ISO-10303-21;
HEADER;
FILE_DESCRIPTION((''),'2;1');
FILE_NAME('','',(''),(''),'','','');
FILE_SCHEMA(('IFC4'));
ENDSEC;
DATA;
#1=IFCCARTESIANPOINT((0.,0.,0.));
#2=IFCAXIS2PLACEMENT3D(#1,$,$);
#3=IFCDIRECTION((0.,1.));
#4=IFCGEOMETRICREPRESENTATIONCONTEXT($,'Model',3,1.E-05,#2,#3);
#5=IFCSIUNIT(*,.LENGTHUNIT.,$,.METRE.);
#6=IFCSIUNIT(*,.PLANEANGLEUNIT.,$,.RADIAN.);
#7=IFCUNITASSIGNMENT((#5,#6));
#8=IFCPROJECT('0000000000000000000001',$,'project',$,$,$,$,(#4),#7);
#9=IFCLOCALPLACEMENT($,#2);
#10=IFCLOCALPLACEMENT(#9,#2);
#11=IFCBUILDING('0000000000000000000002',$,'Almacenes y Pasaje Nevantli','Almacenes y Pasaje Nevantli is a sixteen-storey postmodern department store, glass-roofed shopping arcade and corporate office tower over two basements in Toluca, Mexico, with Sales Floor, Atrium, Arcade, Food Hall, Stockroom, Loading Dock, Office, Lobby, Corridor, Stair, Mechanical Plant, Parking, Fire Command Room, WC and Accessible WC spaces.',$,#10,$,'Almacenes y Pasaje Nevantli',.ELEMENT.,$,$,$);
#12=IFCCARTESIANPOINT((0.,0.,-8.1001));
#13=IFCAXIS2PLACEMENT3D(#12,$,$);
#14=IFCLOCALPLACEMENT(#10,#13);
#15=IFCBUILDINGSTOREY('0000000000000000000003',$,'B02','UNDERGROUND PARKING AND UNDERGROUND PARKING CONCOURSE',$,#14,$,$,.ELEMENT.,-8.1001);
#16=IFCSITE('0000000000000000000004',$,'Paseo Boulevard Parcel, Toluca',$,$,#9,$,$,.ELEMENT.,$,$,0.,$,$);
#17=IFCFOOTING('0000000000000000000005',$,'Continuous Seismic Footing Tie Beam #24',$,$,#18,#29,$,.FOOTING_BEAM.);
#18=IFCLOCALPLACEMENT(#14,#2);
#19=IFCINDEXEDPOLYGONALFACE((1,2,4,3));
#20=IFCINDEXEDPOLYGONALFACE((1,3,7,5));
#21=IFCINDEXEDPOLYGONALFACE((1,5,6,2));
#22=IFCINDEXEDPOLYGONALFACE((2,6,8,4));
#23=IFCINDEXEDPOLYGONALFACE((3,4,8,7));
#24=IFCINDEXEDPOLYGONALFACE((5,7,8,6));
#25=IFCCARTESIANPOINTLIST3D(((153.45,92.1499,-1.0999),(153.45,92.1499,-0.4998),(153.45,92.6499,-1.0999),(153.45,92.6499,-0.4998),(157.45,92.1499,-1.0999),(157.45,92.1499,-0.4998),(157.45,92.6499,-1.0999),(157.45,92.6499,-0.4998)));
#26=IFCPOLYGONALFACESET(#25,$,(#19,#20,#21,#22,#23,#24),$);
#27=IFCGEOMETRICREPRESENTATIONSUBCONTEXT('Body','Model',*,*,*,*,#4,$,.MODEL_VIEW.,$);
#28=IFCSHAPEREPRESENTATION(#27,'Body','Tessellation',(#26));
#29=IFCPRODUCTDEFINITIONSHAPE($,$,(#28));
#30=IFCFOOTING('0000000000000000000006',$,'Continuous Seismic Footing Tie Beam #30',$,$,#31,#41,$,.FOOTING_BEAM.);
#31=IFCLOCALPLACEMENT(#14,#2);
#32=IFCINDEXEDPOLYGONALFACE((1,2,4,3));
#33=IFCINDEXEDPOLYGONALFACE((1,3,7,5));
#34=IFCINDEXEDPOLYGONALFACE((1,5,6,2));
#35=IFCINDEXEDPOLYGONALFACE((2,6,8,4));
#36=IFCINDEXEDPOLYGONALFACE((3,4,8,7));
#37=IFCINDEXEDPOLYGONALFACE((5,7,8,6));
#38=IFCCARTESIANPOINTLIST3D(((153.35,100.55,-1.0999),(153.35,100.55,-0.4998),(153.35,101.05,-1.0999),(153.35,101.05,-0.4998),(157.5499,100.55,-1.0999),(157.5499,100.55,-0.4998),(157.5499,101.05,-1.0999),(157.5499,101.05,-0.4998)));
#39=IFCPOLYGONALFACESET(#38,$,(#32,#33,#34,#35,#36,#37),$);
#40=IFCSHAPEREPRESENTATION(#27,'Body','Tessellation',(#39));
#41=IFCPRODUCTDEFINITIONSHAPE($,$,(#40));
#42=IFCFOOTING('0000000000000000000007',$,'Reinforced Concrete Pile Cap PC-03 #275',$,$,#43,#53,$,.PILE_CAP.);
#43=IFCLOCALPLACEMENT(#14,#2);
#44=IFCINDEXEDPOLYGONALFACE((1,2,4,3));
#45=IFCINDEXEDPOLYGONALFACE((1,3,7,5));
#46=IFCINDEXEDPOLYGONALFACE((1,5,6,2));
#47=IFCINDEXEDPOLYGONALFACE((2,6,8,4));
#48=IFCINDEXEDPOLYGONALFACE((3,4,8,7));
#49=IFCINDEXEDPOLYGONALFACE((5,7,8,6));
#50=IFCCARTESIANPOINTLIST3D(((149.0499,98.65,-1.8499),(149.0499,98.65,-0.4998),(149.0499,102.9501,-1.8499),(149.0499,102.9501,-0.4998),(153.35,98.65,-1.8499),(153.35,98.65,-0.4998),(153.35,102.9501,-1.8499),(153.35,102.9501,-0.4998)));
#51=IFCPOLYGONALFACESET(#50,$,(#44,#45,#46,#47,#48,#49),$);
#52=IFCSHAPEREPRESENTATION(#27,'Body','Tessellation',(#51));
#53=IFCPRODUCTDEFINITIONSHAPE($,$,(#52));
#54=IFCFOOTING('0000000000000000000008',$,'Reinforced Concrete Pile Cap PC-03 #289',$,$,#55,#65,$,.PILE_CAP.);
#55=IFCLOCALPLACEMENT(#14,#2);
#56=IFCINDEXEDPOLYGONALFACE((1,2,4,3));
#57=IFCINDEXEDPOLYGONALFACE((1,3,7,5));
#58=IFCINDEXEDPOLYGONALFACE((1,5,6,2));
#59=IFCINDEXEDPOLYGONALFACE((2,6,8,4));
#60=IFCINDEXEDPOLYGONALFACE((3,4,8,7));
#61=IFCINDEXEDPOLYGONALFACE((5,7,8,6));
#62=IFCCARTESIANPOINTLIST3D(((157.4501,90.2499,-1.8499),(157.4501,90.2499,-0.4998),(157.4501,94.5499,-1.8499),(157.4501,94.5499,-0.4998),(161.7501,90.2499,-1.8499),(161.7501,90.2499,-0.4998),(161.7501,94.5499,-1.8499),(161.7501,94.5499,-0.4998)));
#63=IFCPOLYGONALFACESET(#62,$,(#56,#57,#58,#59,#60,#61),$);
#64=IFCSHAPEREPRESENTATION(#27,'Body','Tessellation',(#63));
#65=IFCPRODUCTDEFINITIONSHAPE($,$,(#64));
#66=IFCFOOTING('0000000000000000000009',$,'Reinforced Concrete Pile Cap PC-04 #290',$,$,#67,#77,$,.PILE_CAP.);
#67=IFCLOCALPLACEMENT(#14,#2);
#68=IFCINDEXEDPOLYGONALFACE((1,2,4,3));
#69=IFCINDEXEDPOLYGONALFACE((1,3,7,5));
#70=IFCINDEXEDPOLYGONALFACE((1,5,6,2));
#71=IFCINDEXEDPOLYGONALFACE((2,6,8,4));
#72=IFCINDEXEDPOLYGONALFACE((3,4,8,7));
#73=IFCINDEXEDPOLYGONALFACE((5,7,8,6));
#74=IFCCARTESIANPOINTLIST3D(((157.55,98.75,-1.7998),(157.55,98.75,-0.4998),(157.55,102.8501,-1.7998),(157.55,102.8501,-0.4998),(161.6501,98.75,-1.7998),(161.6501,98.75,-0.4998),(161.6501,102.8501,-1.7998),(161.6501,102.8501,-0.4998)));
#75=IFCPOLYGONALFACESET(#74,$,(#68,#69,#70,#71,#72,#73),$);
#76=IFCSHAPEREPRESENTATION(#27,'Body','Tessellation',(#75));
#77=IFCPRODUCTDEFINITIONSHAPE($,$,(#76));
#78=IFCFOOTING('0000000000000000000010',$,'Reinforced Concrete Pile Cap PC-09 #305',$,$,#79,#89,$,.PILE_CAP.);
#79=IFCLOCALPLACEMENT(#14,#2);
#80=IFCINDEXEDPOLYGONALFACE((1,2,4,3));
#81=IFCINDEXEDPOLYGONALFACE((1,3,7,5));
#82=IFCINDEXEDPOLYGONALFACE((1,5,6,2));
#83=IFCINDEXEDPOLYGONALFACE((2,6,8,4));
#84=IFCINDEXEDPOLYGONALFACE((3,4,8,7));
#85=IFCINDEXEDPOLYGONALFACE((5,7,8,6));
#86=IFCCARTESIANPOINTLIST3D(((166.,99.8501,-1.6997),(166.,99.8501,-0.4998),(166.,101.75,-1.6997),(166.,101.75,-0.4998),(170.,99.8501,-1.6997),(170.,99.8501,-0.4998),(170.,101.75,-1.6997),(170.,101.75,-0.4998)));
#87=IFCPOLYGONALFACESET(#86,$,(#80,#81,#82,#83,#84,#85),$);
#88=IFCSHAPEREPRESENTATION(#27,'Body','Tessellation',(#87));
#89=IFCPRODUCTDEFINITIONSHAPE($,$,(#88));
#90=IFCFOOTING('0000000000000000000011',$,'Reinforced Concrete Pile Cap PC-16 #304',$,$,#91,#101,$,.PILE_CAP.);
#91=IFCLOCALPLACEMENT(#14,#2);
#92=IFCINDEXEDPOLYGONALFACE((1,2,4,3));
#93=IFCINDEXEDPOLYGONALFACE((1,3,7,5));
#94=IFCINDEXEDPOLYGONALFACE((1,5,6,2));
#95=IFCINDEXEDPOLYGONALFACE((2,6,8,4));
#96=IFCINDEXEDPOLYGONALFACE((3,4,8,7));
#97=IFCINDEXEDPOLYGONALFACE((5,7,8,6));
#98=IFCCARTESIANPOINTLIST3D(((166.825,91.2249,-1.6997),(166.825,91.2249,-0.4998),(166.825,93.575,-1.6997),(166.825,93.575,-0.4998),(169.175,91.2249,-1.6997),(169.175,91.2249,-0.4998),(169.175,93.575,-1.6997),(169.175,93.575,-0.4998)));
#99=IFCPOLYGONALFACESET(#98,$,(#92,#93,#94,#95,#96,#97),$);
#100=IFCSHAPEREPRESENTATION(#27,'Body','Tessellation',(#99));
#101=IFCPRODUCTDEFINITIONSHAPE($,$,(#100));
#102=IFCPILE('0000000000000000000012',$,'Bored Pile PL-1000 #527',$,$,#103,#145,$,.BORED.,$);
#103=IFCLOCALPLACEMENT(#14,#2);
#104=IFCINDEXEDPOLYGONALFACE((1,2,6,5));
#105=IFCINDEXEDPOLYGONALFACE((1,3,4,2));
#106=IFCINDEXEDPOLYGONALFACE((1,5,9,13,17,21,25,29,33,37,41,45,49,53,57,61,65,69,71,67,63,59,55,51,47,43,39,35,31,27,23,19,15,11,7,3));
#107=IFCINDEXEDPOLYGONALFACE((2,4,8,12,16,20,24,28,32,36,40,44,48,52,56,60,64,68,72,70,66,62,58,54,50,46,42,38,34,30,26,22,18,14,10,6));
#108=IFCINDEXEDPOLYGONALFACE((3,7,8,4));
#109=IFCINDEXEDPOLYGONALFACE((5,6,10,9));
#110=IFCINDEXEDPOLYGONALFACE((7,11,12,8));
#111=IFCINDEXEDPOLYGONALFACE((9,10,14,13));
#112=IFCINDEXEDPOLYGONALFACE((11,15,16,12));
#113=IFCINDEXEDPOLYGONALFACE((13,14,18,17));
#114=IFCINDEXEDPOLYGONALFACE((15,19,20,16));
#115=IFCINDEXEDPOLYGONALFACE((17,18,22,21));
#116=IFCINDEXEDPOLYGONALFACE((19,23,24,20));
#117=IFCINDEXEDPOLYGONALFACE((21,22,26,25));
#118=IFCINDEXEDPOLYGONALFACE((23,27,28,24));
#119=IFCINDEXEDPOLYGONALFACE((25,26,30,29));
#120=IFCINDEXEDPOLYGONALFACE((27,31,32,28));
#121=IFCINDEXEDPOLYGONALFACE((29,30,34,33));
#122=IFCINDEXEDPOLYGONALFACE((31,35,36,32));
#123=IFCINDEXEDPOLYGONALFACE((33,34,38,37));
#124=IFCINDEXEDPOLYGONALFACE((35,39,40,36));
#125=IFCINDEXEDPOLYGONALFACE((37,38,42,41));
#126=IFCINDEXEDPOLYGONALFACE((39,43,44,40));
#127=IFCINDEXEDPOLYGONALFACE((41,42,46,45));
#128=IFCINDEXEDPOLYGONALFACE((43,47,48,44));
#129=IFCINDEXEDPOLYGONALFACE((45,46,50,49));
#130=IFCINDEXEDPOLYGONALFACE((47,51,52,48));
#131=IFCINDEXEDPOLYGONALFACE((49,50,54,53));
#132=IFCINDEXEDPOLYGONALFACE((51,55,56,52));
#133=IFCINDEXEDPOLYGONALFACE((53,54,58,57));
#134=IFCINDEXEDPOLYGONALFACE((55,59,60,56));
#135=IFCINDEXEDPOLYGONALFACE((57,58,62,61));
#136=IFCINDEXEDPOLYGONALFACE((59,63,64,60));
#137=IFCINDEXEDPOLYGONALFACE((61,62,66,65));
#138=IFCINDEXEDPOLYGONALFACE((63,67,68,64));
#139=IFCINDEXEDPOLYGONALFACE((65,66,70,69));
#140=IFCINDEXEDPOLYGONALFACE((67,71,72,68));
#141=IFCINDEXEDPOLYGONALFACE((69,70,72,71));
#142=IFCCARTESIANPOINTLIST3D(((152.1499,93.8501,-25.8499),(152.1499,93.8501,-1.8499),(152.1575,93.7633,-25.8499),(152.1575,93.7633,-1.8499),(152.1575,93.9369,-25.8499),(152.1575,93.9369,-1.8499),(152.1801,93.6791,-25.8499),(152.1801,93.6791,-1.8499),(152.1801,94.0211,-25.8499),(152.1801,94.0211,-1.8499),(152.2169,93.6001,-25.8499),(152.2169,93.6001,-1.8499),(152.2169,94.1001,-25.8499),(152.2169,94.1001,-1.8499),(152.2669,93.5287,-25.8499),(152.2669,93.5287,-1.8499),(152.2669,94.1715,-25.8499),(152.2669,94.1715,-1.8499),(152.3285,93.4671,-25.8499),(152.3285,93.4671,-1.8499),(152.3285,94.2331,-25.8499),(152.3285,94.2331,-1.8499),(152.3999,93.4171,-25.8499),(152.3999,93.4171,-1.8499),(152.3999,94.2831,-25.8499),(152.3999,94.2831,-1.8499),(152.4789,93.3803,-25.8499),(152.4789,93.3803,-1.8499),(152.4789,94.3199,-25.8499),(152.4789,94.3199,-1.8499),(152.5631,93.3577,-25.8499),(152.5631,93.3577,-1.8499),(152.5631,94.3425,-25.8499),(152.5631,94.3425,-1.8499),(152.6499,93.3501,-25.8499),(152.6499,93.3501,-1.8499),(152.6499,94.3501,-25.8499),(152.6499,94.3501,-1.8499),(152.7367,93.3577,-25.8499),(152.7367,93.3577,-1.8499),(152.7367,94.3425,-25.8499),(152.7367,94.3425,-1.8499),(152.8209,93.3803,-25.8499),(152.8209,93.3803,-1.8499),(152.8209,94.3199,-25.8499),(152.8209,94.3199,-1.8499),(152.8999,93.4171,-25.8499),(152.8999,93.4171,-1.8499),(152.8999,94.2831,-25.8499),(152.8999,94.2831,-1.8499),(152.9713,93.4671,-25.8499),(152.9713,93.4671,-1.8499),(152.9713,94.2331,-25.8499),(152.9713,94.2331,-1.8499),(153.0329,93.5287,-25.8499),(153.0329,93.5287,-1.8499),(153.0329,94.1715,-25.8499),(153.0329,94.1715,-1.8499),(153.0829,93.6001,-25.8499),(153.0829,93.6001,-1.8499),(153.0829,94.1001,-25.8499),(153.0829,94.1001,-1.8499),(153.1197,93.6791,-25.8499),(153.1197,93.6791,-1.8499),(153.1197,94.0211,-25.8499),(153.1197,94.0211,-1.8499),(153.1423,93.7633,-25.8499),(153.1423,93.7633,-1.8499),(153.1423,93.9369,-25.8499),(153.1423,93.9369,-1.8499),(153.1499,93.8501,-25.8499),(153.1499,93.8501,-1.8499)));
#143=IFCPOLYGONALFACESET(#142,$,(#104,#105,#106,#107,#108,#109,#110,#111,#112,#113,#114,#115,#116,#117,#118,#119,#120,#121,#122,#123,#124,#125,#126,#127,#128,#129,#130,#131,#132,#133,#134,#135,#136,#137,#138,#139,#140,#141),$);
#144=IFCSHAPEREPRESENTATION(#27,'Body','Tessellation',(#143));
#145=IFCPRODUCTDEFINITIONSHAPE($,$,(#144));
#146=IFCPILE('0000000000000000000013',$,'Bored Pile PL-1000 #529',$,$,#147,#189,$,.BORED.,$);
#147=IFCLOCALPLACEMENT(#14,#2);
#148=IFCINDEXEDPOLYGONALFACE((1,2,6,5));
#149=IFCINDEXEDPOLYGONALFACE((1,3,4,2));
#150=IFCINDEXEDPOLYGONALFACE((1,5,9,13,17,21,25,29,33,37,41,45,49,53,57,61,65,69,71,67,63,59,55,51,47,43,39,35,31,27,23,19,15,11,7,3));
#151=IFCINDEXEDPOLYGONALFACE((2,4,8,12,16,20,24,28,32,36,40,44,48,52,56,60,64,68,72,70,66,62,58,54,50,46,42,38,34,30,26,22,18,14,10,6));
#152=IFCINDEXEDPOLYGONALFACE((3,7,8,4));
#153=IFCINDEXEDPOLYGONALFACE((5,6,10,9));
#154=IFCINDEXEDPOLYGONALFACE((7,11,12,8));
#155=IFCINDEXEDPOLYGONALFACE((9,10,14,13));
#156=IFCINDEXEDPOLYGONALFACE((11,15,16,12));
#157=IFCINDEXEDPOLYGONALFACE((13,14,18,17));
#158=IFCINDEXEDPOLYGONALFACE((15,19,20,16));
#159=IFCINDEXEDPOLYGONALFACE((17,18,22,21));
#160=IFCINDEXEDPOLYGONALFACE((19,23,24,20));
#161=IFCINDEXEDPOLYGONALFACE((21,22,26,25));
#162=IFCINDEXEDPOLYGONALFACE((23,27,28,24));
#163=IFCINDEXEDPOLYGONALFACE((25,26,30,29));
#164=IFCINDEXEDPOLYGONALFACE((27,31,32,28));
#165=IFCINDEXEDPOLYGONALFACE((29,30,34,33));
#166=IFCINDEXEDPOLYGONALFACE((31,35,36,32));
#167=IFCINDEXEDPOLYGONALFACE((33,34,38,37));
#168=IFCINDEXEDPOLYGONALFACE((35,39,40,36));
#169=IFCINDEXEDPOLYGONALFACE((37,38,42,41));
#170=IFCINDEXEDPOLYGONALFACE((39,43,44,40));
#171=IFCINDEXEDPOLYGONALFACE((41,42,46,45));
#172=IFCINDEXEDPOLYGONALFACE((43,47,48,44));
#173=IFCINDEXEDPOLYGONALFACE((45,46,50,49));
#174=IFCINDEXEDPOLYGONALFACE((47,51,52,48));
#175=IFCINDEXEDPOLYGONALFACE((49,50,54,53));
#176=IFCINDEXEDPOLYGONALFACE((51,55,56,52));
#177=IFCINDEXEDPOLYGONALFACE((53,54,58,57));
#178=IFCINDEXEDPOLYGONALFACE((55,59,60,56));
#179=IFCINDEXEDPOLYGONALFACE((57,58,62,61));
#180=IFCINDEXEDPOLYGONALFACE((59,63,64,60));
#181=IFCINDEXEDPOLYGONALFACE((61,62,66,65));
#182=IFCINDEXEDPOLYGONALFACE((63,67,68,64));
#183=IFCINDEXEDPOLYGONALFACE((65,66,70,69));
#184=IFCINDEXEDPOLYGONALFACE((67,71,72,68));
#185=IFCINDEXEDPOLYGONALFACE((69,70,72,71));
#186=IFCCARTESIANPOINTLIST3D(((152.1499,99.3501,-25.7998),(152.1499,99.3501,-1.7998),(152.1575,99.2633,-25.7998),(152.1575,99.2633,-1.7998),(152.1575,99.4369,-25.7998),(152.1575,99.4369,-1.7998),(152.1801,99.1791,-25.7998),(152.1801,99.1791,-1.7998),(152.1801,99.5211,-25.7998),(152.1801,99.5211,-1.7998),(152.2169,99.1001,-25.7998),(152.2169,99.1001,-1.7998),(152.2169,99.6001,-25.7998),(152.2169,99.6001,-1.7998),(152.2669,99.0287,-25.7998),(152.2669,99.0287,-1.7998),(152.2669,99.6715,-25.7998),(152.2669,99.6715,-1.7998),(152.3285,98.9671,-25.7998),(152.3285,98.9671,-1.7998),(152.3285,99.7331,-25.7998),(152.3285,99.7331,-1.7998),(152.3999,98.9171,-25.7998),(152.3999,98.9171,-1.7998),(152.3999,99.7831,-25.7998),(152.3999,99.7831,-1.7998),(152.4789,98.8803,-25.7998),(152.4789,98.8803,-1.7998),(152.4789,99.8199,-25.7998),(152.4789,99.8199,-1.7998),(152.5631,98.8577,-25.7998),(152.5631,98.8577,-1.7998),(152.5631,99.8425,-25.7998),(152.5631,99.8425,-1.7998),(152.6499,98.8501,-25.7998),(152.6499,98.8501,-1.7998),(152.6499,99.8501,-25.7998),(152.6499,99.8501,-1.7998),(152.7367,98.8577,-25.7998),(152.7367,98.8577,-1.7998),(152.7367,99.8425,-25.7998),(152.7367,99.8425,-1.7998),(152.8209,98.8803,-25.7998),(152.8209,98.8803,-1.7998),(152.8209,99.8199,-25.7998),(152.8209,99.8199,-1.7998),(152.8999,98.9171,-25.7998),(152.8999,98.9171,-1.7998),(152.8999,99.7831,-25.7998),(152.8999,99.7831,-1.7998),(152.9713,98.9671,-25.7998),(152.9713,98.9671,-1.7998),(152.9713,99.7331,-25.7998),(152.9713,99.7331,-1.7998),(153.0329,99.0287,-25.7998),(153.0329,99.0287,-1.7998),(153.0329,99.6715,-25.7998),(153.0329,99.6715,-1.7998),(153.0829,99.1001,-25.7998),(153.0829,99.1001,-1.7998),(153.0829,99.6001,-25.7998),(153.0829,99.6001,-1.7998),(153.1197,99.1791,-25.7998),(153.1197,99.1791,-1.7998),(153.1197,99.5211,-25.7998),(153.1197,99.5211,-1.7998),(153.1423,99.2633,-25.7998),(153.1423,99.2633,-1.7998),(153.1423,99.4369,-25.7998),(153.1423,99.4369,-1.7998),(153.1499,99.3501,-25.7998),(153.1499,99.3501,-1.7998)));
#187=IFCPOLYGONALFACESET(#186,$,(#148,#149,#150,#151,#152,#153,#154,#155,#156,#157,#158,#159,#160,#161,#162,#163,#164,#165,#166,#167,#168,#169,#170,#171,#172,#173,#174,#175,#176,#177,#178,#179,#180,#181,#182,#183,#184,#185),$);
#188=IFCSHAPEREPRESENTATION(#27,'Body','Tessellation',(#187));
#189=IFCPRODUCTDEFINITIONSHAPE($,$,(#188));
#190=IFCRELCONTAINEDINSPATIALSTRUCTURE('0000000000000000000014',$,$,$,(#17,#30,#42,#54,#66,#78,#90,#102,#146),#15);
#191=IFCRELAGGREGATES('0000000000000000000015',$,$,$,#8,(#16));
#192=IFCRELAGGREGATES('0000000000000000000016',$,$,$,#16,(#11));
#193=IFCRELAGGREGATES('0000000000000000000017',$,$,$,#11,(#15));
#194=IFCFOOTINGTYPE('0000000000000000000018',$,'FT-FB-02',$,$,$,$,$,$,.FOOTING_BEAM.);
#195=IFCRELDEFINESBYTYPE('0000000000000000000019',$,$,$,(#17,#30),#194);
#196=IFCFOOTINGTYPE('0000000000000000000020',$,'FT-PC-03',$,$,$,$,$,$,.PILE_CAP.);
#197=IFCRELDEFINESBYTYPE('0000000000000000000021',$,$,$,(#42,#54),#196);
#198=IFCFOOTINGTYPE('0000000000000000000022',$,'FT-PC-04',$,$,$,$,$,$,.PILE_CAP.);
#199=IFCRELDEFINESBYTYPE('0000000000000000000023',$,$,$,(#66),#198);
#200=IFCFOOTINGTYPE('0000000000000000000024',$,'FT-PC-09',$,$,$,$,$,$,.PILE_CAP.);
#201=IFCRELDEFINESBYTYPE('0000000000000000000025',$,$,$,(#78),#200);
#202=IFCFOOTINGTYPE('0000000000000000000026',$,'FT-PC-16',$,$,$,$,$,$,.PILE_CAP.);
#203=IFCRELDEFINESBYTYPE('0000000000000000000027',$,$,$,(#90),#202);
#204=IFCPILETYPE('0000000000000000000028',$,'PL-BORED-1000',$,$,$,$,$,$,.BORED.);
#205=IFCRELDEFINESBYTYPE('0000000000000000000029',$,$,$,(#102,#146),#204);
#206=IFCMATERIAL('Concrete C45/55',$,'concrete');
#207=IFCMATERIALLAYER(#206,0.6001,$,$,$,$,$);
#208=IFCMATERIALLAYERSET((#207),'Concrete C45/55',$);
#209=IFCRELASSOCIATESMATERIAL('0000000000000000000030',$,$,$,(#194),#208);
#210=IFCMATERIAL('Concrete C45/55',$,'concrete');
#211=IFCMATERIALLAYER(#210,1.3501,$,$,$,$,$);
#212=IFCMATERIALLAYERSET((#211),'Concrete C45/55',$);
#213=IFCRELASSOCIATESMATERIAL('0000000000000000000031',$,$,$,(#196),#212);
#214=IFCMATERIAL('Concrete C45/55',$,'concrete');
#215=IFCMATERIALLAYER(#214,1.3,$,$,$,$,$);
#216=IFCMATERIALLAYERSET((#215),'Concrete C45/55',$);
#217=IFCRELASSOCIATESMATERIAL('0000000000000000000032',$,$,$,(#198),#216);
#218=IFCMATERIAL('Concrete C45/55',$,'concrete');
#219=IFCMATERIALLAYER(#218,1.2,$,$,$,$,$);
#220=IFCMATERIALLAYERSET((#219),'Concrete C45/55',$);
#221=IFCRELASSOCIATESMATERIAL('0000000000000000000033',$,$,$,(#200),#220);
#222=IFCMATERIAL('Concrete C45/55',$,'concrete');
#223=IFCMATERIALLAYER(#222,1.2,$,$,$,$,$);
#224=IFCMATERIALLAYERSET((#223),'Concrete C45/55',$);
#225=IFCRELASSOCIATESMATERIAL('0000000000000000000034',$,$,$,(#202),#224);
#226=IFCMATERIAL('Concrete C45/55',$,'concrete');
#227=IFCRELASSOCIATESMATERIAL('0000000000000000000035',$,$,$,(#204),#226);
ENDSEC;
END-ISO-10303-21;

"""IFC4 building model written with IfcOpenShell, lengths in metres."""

from ifc_helpers import new_model, si_unit, direction, frame, origin, origin_2d, place, context, subcontext, project, spatial, rectangle, circle, extrude, material, layer, layer_set, material_profile, profile_set, type_object, element, save


model = new_model("IFC4")

# Units and contexts
model_context = context("Model", 3, precision=1e-05, world=origin(), true_north=direction((0.0, 1.0)))
body_context = subcontext(model_context, "Body", "Model", "MODEL_VIEW")
ifc_project = project(units=[si_unit("LENGTHUNIT", "METRE"), si_unit("PLANEANGLEUNIT", "RADIAN")], contexts=[model_context])

# Site, building, storey
site_placement = place(None, origin())
site = spatial("IfcSite", under=ifc_project, at=site_placement, Name="Paseo Boulevard Parcel, Toluca", CompositionType="ELEMENT", RefElevation=0.0)
building_placement = place(site_placement, origin())
building = spatial("IfcBuilding", under=site, at=building_placement, Name="Almacenes y Pasaje Nevantli", Description="Almacenes y Pasaje Nevantli is a sixteen-storey postmodern department store, glass-roofed shopping arcade and corporate office tower over two basements in Toluca, Mexico, with Sales Floor, Atrium, Arcade, Food Hall, Stockroom, Loading Dock, Office, Lobby, Corridor, Stair, Mechanical Plant, Parking, Fire Command Room, WC and Accessible WC spaces.", LongName="Almacenes y Pasaje Nevantli", CompositionType="ELEMENT")
storey_placement = place(building_placement, frame((0.0, 0.0, -8.1001)))
storey = spatial("IfcBuildingStorey", under=building, at=storey_placement, Name="B02", Description="UNDERGROUND PARKING AND UNDERGROUND PARKING CONCOURSE", CompositionType="ELEMENT", Elevation=-8.1001)

# Footings
ifc_material_1 = material(Name="Concrete C45/55", Category="concrete")
ifc_layer_1 = layer(ifc_material_1, 0.6001)
ifc_layer_set_1 = layer_set([ifc_layer_1], Name="Concrete C45/55")
footing_type_1 = type_object("IfcFootingType", Name="FT-FB-02", PredefinedType="FOOTING_BEAM", material=ifc_layer_set_1)
footing_1_placement = place(storey_placement, frame((155.45, 92.3999, -1.0999), z_axis=(0.0, 0.0, 1.0), x_axis=(1.0, 0.0, 0.0)))
element("IfcFooting", 1, at=footing_1_placement, inside=storey, type_object=footing_type_1, Name="Continuous Seismic Footing Tie Beam #24", PredefinedType="FOOTING_BEAM", context=body_context, shape_type="SweptSolid", body=[
    extrude(rectangle(XDim=4.0, YDim=0.5, at=origin_2d()), origin(), (0.0, 0.0, 1.0), 0.6001),
])
footing_2_placement = place(storey_placement, frame((155.45, 100.8, -1.0999), z_axis=(0.0, 0.0, 1.0), x_axis=(1.0, 0.0, 0.0)))
element("IfcFooting", 2, at=footing_2_placement, inside=storey, type_object=footing_type_1, Name="Continuous Seismic Footing Tie Beam #30", PredefinedType="FOOTING_BEAM", context=body_context, shape_type="SweptSolid", body=[
    extrude(rectangle(XDim=4.2, YDim=0.5, at=origin_2d()), origin(), (0.0, 0.0, 1.0), 0.6001),
])
ifc_material_2 = material(Name="Concrete C45/55", Category="concrete")
ifc_layer_2 = layer(ifc_material_2, 1.3501)
ifc_layer_set_2 = layer_set([ifc_layer_2], Name="Concrete C45/55")
footing_type_2 = type_object("IfcFootingType", Name="FT-PC-03", PredefinedType="PILE_CAP", material=ifc_layer_set_2)
for number, where, z_axis, x_axis, name in (
    (3, (151.2, 100.8, -1.8499), (0.0, 0.0, 1.0), (1.0, 0.0, 0.0), "Reinforced Concrete Pile Cap PC-03 #275"),
    (4, (159.6001, 92.3999, -1.8499), (0.0, 0.0, 1.0), (1.0, 0.0, 0.0), "Reinforced Concrete Pile Cap PC-03 #289"),
):
    element("IfcFooting", number, at=place(storey_placement, frame(where, z_axis=z_axis, x_axis=x_axis)), inside=storey, type_object=footing_type_2, Name=name, PredefinedType="PILE_CAP", context=body_context, shape_type="SweptSolid", body=[
        extrude(rectangle(XDim=4.3, YDim=4.3, at=origin_2d()), origin(), (0.0, 0.0, 1.0), 1.3501),
    ])
ifc_material_3 = material(Name="Concrete C45/55", Category="concrete")
ifc_layer_3 = layer(ifc_material_3, 1.3)
ifc_layer_set_3 = layer_set([ifc_layer_3], Name="Concrete C45/55")
footing_type_3 = type_object("IfcFootingType", Name="FT-PC-04", PredefinedType="PILE_CAP", material=ifc_layer_set_3)
footing_3_placement = place(storey_placement, frame((159.6001, 100.8, -1.7998), z_axis=(0.0, 0.0, 1.0), x_axis=(1.0, 0.0, 0.0)))
element("IfcFooting", 5, at=footing_3_placement, inside=storey, type_object=footing_type_3, Name="Reinforced Concrete Pile Cap PC-04 #290", PredefinedType="PILE_CAP", context=body_context, shape_type="SweptSolid", body=[
    extrude(rectangle(XDim=4.1001, YDim=4.1001, at=origin_2d()), origin(), (0.0, 0.0, 1.0), 1.3),
])
ifc_material_4 = material(Name="Concrete C45/55", Category="concrete")
ifc_layer_4 = layer(ifc_material_4, 1.2)
ifc_layer_set_4 = layer_set([ifc_layer_4], Name="Concrete C45/55")
footing_type_4 = type_object("IfcFootingType", Name="FT-PC-09", PredefinedType="PILE_CAP", material=ifc_layer_set_4)
footing_4_placement = place(storey_placement, frame((168.0, 100.8, -1.6997), z_axis=(0.0, 0.0, 1.0), x_axis=(1.0, 0.0, 0.0)))
element("IfcFooting", 6, at=footing_4_placement, inside=storey, type_object=footing_type_4, Name="Reinforced Concrete Pile Cap PC-09 #305", PredefinedType="PILE_CAP", context=body_context, shape_type="SweptSolid", body=[
    extrude(rectangle(XDim=4.0, YDim=1.8999, at=origin_2d()), origin(), (0.0, 0.0, 1.0), 1.2),
])
ifc_material_5 = material(Name="Concrete C45/55", Category="concrete")
ifc_layer_5 = layer(ifc_material_5, 1.2)
ifc_layer_set_5 = layer_set([ifc_layer_5], Name="Concrete C45/55")
footing_type_5 = type_object("IfcFootingType", Name="FT-PC-16", PredefinedType="PILE_CAP", material=ifc_layer_set_5)
footing_5_placement = place(storey_placement, frame((168.0, 92.3999, -1.6997), z_axis=(0.0, 0.0, 1.0), x_axis=(1.0, 0.0, 0.0)))
element("IfcFooting", 7, at=footing_5_placement, inside=storey, type_object=footing_type_5, Name="Reinforced Concrete Pile Cap PC-16 #304", PredefinedType="PILE_CAP", context=body_context, shape_type="SweptSolid", body=[
    extrude(rectangle(XDim=2.3501, YDim=2.3501, at=origin_2d()), origin(), (0.0, 0.0, 1.0), 1.2),
])

# Piles
ifc_material_6 = material(Name="Concrete C45/55", Category="concrete")
ifc_material_profile_1 = material_profile(ifc_material_6, circle(Radius=0.5, at=origin_2d()), Name="RC-PILE-D1000")
ifc_profile_set_1 = profile_set([ifc_material_profile_1], Name="Concrete C45/55")
pile_type_1 = type_object("IfcPileType", Name="PL-BORED-1000", PredefinedType="BORED", material=ifc_profile_set_1)
for number, where, z_axis, x_axis, name in (
    (8, (152.6499, 93.8501, -1.8499), (0.0, 0.0, -1.0), (1.0, 0.0, 0.0), "Bored Pile PL-1000 #527"),
    (9, (152.6499, 99.3501, -1.7998), (0.0, 0.0, -1.0), (1.0, 0.0, 0.0), "Bored Pile PL-1000 #529"),
):
    element("IfcPile", number, at=place(storey_placement, frame(where, z_axis=z_axis, x_axis=x_axis)), inside=storey, type_object=pile_type_1, Name=name, PredefinedType="BORED", context=body_context, shape_type="SweptSolid", body=[
        extrude(circle(Radius=0.5, at=origin_2d()), origin(), (0.0, 0.0, 1.0), 24.0),
    ])

save(model, "model.ifc")
